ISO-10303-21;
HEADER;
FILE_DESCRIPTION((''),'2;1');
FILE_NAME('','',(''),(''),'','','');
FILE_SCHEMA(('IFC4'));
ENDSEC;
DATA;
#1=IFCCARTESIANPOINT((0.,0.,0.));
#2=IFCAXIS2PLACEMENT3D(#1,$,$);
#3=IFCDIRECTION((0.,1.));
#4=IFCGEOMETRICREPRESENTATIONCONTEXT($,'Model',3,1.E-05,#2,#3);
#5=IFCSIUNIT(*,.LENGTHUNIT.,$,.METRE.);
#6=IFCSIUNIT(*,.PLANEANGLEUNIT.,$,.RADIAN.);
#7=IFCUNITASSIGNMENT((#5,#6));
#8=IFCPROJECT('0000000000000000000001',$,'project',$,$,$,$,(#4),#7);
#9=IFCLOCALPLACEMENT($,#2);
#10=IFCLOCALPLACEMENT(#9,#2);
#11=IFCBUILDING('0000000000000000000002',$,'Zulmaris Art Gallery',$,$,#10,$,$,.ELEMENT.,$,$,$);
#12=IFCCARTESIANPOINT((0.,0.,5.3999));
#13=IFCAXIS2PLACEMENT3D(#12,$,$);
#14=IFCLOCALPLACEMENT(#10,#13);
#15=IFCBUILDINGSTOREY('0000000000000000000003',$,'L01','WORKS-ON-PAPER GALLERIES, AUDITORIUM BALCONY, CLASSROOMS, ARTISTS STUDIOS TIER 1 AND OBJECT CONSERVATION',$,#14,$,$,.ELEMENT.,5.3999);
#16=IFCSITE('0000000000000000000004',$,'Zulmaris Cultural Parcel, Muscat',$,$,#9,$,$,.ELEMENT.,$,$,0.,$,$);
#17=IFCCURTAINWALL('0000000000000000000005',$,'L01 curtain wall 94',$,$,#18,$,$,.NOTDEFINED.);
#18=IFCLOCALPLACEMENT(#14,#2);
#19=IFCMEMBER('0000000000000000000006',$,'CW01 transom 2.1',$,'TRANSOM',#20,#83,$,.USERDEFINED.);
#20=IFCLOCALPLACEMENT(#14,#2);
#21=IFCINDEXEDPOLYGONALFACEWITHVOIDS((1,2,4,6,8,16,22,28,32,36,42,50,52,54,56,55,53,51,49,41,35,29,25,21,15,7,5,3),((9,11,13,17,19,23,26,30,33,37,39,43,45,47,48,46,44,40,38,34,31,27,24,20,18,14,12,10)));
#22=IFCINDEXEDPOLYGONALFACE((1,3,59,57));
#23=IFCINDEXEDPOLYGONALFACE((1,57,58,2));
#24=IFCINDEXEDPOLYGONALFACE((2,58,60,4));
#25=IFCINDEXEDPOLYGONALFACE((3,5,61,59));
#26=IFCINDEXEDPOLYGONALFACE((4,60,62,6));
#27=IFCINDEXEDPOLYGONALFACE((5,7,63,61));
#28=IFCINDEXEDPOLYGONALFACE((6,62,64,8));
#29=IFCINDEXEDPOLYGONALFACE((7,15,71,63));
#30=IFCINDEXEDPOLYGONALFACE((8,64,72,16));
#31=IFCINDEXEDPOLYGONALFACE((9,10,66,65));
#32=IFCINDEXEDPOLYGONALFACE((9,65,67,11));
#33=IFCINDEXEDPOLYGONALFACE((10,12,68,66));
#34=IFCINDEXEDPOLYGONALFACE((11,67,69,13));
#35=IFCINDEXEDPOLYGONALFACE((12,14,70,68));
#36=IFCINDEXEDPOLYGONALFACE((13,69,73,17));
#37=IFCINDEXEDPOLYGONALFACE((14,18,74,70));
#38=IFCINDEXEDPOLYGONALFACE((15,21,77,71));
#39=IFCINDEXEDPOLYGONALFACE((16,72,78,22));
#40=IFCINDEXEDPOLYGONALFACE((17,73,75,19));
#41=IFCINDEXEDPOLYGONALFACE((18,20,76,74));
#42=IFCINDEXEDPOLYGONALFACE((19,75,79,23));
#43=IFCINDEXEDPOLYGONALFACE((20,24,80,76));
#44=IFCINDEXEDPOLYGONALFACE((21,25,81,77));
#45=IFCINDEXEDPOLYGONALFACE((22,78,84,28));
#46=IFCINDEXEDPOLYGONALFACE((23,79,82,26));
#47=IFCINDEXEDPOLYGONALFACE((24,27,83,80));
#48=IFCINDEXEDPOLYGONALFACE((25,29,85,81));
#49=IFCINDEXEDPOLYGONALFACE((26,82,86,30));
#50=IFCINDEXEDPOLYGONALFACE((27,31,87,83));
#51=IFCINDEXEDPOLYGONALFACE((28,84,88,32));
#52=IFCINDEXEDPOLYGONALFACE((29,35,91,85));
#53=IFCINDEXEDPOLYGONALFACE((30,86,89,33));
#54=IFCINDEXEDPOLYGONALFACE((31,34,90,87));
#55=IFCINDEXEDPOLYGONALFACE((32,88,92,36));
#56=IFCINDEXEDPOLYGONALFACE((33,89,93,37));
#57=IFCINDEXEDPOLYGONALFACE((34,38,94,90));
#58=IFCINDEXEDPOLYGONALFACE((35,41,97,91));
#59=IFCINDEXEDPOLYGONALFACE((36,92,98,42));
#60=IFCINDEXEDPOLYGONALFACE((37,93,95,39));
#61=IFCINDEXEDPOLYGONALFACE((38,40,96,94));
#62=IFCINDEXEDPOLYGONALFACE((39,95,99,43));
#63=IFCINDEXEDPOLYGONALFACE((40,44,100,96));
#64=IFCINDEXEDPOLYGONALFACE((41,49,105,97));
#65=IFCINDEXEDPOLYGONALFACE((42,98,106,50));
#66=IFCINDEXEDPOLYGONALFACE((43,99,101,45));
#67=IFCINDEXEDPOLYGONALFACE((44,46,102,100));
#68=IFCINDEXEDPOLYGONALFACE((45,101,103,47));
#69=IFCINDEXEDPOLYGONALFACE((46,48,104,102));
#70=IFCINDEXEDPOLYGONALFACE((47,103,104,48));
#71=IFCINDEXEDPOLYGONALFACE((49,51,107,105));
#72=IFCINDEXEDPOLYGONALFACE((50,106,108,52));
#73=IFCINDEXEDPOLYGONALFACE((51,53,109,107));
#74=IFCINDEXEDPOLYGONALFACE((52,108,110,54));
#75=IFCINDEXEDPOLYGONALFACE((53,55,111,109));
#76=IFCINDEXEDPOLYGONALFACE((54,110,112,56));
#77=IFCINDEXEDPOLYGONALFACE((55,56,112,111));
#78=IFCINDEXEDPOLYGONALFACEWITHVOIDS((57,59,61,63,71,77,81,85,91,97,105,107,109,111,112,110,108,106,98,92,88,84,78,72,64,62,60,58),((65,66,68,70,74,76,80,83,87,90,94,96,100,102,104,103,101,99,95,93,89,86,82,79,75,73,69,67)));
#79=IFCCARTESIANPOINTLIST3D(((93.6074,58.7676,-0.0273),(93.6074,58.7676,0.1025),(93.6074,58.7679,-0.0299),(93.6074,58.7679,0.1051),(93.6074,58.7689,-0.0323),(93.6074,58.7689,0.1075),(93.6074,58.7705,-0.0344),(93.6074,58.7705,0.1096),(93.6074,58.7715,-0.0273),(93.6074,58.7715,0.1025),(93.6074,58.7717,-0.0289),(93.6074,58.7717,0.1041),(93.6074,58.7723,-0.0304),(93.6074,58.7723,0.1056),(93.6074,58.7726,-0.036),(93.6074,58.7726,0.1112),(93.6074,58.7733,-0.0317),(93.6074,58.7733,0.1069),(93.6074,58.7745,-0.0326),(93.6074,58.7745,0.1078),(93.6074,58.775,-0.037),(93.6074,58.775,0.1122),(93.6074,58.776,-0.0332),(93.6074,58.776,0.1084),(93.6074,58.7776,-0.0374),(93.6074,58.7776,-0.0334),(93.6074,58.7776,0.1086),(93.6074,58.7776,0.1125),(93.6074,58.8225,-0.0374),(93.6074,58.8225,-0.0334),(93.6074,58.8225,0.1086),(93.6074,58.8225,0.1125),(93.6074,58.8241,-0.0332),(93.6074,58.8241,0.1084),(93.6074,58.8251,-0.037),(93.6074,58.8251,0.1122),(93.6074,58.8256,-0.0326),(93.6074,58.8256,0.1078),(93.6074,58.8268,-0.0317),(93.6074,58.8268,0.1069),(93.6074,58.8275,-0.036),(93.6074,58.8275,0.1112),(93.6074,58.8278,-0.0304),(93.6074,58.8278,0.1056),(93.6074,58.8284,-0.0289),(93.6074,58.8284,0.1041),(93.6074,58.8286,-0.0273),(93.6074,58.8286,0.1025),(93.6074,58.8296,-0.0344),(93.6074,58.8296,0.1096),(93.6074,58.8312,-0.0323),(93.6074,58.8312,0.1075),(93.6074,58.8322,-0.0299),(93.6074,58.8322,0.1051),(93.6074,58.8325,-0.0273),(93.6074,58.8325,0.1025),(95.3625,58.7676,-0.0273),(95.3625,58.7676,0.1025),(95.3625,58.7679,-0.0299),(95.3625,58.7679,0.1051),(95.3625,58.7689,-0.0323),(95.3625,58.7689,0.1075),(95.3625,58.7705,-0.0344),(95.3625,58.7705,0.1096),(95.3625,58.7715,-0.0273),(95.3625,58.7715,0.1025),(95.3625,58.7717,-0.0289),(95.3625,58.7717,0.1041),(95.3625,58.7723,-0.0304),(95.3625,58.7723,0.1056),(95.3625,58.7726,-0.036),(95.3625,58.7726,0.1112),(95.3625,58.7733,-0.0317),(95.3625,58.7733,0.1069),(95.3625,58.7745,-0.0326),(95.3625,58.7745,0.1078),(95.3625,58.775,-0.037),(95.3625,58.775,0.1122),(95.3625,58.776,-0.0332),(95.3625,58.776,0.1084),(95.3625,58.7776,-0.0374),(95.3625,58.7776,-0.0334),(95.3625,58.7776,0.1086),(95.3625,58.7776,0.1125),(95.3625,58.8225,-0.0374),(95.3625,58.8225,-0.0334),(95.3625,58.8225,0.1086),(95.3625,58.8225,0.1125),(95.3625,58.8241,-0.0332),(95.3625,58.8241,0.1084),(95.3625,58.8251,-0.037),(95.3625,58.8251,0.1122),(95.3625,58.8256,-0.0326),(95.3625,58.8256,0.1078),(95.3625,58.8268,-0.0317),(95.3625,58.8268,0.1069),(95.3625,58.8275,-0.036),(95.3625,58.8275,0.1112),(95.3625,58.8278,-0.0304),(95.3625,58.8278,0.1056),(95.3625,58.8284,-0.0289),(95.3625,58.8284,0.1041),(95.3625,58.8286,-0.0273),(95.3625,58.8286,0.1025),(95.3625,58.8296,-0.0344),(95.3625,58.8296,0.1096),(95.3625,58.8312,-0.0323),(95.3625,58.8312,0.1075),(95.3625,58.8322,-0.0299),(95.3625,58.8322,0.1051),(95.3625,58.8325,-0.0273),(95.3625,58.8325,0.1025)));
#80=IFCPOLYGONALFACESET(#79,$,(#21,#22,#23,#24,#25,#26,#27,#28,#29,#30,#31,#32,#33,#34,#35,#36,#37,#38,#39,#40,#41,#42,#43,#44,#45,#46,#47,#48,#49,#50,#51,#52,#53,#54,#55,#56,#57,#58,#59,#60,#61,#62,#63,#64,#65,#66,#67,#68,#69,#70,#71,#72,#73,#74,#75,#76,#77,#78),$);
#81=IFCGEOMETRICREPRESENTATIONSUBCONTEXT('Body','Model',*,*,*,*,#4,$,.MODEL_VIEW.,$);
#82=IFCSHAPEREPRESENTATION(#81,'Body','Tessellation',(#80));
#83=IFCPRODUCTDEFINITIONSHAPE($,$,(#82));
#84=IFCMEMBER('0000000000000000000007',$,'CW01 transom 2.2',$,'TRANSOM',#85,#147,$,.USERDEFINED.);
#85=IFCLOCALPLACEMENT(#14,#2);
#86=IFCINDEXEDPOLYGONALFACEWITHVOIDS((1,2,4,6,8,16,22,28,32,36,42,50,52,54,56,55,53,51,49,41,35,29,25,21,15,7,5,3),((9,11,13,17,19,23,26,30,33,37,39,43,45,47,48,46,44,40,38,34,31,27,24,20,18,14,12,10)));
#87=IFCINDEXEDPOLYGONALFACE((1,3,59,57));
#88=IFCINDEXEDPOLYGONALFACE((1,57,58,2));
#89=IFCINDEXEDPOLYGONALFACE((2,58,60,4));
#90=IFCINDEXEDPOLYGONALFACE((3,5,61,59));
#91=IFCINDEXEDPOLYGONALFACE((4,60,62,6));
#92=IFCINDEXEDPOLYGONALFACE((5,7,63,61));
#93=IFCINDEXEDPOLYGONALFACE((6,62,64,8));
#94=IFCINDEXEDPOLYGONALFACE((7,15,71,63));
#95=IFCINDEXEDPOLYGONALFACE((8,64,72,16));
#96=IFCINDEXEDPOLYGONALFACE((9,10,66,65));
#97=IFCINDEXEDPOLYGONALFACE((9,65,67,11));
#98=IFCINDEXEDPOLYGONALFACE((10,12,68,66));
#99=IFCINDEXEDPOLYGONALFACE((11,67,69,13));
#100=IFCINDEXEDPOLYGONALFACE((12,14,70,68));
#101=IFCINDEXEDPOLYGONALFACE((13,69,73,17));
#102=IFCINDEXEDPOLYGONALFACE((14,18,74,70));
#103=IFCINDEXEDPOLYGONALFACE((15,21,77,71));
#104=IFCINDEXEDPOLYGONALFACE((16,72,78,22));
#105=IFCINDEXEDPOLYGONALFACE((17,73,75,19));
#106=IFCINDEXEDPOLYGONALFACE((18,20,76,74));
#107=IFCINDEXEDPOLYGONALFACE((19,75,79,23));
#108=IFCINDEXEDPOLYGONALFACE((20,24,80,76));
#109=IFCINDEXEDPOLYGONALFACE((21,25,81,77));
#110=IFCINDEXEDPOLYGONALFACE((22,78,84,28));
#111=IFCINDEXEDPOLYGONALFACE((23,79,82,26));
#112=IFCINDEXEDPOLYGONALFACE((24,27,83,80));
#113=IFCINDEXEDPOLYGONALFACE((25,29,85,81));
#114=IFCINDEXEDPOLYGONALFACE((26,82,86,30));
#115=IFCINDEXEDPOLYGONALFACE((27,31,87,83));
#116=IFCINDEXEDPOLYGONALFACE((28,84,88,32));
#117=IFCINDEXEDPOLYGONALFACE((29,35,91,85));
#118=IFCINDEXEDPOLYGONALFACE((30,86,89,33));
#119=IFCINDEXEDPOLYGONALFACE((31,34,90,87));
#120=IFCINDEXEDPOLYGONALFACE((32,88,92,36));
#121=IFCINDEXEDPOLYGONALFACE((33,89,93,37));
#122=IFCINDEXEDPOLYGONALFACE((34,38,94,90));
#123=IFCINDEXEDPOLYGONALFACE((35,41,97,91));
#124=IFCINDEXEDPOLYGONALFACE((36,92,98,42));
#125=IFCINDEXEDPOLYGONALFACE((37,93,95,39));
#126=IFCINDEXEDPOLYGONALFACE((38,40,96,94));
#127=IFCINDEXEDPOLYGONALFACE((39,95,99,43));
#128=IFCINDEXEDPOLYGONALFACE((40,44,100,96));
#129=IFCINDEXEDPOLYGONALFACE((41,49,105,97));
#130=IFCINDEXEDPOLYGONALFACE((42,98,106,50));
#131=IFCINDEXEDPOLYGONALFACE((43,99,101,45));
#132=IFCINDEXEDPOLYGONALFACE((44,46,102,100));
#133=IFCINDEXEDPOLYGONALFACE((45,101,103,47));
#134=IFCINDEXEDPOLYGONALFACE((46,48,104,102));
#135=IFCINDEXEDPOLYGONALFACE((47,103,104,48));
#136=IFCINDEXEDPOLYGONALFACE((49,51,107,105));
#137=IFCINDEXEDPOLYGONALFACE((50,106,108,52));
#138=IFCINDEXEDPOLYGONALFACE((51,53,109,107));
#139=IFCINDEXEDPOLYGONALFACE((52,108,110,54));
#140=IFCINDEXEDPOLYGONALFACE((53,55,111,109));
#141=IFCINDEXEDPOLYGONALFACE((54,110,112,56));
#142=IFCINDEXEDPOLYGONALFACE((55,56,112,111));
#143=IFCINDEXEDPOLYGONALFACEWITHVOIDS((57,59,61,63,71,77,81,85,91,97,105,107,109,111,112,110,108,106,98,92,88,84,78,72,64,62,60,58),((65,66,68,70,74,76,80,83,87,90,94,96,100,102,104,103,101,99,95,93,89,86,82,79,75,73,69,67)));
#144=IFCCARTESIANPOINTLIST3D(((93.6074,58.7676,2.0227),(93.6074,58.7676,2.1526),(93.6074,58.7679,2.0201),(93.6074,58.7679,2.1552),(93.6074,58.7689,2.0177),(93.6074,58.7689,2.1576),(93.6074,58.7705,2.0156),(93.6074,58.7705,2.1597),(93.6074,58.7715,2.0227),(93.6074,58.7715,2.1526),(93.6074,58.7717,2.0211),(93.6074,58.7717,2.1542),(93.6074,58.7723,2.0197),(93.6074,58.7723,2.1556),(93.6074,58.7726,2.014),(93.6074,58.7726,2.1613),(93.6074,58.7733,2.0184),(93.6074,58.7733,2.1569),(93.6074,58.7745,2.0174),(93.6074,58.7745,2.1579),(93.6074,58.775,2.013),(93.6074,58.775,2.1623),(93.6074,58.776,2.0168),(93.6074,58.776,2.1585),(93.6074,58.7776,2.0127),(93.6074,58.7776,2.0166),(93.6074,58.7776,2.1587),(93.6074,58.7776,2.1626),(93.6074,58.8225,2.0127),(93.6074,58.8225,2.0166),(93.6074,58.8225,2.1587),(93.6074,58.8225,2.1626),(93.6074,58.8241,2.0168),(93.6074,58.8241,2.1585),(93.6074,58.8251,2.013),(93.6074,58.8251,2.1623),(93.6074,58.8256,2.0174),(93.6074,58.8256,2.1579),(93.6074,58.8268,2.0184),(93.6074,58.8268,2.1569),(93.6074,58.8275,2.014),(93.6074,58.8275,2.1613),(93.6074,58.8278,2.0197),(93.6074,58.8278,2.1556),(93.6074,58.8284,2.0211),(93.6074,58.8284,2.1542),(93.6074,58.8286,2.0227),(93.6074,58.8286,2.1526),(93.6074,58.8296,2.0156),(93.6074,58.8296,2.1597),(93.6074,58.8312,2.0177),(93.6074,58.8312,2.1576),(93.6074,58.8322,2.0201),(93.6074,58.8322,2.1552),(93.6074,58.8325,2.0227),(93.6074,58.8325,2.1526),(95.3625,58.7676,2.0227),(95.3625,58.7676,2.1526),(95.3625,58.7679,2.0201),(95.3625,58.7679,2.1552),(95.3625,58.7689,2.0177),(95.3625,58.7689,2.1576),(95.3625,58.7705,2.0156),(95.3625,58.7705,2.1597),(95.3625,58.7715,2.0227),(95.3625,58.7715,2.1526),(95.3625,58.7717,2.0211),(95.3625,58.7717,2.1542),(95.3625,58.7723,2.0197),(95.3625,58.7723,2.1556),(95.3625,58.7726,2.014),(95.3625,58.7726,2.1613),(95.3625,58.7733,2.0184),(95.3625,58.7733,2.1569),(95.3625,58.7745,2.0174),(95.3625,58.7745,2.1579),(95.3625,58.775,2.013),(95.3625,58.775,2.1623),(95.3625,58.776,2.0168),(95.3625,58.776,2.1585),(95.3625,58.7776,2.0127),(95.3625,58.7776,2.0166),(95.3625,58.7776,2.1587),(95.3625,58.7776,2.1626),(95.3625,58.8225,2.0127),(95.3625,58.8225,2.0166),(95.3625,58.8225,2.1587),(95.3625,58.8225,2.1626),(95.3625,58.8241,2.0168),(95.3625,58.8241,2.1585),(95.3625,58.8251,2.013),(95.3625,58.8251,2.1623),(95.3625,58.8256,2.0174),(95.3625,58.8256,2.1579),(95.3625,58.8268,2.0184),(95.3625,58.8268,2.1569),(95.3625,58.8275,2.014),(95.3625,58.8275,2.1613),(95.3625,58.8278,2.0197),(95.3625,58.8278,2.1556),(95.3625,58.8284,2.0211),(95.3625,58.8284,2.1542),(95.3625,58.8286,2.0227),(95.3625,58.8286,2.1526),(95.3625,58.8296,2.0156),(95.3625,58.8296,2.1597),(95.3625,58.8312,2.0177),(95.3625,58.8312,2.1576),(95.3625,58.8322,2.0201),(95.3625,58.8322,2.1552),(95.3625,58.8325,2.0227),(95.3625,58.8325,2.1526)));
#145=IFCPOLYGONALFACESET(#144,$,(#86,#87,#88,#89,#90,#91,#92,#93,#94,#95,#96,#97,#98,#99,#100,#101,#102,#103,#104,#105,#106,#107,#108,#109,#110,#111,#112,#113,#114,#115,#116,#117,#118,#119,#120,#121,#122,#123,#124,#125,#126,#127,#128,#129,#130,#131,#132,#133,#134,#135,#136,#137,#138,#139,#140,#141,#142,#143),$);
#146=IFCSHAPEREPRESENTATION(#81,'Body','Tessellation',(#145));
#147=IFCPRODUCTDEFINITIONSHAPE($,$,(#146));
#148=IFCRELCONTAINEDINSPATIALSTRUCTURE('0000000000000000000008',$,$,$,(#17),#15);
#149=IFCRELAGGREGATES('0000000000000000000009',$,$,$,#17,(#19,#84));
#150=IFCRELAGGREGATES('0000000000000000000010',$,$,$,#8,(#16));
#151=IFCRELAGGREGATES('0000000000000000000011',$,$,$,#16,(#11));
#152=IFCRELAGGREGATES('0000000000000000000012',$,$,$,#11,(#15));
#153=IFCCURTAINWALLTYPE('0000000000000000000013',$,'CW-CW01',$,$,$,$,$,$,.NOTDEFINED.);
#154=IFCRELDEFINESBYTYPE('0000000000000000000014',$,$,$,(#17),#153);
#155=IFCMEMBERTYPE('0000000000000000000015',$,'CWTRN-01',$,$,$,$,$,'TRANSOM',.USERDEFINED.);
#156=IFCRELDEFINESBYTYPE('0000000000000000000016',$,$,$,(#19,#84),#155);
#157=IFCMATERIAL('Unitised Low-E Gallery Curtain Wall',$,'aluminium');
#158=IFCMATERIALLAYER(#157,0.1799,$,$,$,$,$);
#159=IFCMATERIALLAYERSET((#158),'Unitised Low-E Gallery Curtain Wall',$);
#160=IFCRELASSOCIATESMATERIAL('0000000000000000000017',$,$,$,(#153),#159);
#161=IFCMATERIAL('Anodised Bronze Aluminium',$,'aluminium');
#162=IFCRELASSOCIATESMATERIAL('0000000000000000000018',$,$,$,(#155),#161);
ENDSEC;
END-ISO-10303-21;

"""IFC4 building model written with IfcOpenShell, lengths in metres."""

from ifc_helpers import new_model, si_unit, direction, frame, origin, origin_2d, place, context, subcontext, project, spatial, hollow_rectangle, extrude, material, layer, layer_set, material_profile, profile_set, type_object, element, aggregate, save


model = new_model("IFC4")

# Units and contexts
model_context = context("Model", 3, precision=1e-05, world=origin(), true_north=direction((0.0, 1.0)))
body_context = subcontext(model_context, "Body", "Model", "MODEL_VIEW")
ifc_project = project(units=[si_unit("LENGTHUNIT", "METRE"), si_unit("PLANEANGLEUNIT", "RADIAN")], contexts=[model_context])

# Site, building, storey
site_placement = place(None, origin())
site = spatial("IfcSite", under=ifc_project, at=site_placement, Name="Zulmaris Cultural Parcel, Muscat", CompositionType="ELEMENT", RefElevation=0.0)
building_placement = place(site_placement, origin())
building = spatial("IfcBuilding", under=site, at=building_placement, Name="Zulmaris Art Gallery", CompositionType="ELEMENT")
storey_placement = place(building_placement, frame((0.0, 0.0, 5.3999)))
storey = spatial("IfcBuildingStorey", under=building, at=storey_placement, Name="L01", Description="WORKS-ON-PAPER GALLERIES, AUDITORIUM BALCONY, CLASSROOMS, ARTISTS STUDIOS TIER 1 AND OBJECT CONSERVATION", CompositionType="ELEMENT", Elevation=5.3999)

# Shared definitions
ifc_material_1 = material(Name="Anodised Bronze Aluminium", Category="aluminium")

# Curtain wall
ifc_material_2 = material(Name="Unitised Low-E Gallery Curtain Wall", Category="aluminium")
ifc_layer_1 = layer(ifc_material_2, 0.1799)
ifc_layer_set_1 = layer_set([ifc_layer_1], Name="Unitised Low-E Gallery Curtain Wall")
curtain_wall_type_1 = type_object("IfcCurtainWallType", Name="CW-CW01", PredefinedType="NOTDEFINED", material=ifc_layer_set_1)
curtain_wall_1_placement = place(storey_placement, origin())
curtain_wall_1 = element("IfcCurtainWall", 1, at=curtain_wall_1_placement, inside=storey, type_object=curtain_wall_type_1, Name="L01 curtain wall 94", PredefinedType="NOTDEFINED")

# Members
ifc_material_profile_1 = material_profile(ifc_material_1, hollow_rectangle(XDim=0.0649, YDim=0.1499, WallThickness=0.0039, InnerFilletRadius=0.0061, OuterFilletRadius=0.01, at=origin_2d()), Name="ALU 65x150x4")
ifc_profile_set_1 = profile_set([ifc_material_profile_1], Name="Anodised Bronze Aluminium")
member_type_1 = type_object("IfcMemberType", Name="CWTRN-01", ElementType="TRANSOM", PredefinedType="USERDEFINED", material=ifc_profile_set_1)
member_1_placement = place(storey_placement, frame((93.6074, 58.8, 0.0376), z_axis=(1.0, 0.0, 0.0), x_axis=(0.0, 1.0, 0.0)))
member_1 = element("IfcMember", 2, at=member_1_placement, type_object=member_type_1, Name="CW01 transom 2.1", ObjectType="TRANSOM", PredefinedType="USERDEFINED", context=body_context, shape_type="SweptSolid", body=[
    extrude(hollow_rectangle(XDim=0.0649, YDim=0.1499, WallThickness=0.0039, InnerFilletRadius=0.0061, OuterFilletRadius=0.01, at=origin_2d()), origin(), (0.0, 0.0, 1.0), 1.7551),
])
member_2_placement = place(storey_placement, frame((93.6074, 58.8, 2.0876), z_axis=(1.0, 0.0, 0.0), x_axis=(0.0, 1.0, 0.0)))
member_2 = element("IfcMember", 3, at=member_2_placement, type_object=member_type_1, Name="CW01 transom 2.2", ObjectType="TRANSOM", PredefinedType="USERDEFINED", context=body_context, shape_type="SweptSolid", body=[
    extrude(hollow_rectangle(XDim=0.0649, YDim=0.1499, WallThickness=0.0039, InnerFilletRadius=0.0061, OuterFilletRadius=0.01, at=origin_2d()), origin(), (0.0, 0.0, 1.0), 1.7551),
])

aggregate(curtain_wall_1, [member_1, member_2])

save(model, "model.ifc")
